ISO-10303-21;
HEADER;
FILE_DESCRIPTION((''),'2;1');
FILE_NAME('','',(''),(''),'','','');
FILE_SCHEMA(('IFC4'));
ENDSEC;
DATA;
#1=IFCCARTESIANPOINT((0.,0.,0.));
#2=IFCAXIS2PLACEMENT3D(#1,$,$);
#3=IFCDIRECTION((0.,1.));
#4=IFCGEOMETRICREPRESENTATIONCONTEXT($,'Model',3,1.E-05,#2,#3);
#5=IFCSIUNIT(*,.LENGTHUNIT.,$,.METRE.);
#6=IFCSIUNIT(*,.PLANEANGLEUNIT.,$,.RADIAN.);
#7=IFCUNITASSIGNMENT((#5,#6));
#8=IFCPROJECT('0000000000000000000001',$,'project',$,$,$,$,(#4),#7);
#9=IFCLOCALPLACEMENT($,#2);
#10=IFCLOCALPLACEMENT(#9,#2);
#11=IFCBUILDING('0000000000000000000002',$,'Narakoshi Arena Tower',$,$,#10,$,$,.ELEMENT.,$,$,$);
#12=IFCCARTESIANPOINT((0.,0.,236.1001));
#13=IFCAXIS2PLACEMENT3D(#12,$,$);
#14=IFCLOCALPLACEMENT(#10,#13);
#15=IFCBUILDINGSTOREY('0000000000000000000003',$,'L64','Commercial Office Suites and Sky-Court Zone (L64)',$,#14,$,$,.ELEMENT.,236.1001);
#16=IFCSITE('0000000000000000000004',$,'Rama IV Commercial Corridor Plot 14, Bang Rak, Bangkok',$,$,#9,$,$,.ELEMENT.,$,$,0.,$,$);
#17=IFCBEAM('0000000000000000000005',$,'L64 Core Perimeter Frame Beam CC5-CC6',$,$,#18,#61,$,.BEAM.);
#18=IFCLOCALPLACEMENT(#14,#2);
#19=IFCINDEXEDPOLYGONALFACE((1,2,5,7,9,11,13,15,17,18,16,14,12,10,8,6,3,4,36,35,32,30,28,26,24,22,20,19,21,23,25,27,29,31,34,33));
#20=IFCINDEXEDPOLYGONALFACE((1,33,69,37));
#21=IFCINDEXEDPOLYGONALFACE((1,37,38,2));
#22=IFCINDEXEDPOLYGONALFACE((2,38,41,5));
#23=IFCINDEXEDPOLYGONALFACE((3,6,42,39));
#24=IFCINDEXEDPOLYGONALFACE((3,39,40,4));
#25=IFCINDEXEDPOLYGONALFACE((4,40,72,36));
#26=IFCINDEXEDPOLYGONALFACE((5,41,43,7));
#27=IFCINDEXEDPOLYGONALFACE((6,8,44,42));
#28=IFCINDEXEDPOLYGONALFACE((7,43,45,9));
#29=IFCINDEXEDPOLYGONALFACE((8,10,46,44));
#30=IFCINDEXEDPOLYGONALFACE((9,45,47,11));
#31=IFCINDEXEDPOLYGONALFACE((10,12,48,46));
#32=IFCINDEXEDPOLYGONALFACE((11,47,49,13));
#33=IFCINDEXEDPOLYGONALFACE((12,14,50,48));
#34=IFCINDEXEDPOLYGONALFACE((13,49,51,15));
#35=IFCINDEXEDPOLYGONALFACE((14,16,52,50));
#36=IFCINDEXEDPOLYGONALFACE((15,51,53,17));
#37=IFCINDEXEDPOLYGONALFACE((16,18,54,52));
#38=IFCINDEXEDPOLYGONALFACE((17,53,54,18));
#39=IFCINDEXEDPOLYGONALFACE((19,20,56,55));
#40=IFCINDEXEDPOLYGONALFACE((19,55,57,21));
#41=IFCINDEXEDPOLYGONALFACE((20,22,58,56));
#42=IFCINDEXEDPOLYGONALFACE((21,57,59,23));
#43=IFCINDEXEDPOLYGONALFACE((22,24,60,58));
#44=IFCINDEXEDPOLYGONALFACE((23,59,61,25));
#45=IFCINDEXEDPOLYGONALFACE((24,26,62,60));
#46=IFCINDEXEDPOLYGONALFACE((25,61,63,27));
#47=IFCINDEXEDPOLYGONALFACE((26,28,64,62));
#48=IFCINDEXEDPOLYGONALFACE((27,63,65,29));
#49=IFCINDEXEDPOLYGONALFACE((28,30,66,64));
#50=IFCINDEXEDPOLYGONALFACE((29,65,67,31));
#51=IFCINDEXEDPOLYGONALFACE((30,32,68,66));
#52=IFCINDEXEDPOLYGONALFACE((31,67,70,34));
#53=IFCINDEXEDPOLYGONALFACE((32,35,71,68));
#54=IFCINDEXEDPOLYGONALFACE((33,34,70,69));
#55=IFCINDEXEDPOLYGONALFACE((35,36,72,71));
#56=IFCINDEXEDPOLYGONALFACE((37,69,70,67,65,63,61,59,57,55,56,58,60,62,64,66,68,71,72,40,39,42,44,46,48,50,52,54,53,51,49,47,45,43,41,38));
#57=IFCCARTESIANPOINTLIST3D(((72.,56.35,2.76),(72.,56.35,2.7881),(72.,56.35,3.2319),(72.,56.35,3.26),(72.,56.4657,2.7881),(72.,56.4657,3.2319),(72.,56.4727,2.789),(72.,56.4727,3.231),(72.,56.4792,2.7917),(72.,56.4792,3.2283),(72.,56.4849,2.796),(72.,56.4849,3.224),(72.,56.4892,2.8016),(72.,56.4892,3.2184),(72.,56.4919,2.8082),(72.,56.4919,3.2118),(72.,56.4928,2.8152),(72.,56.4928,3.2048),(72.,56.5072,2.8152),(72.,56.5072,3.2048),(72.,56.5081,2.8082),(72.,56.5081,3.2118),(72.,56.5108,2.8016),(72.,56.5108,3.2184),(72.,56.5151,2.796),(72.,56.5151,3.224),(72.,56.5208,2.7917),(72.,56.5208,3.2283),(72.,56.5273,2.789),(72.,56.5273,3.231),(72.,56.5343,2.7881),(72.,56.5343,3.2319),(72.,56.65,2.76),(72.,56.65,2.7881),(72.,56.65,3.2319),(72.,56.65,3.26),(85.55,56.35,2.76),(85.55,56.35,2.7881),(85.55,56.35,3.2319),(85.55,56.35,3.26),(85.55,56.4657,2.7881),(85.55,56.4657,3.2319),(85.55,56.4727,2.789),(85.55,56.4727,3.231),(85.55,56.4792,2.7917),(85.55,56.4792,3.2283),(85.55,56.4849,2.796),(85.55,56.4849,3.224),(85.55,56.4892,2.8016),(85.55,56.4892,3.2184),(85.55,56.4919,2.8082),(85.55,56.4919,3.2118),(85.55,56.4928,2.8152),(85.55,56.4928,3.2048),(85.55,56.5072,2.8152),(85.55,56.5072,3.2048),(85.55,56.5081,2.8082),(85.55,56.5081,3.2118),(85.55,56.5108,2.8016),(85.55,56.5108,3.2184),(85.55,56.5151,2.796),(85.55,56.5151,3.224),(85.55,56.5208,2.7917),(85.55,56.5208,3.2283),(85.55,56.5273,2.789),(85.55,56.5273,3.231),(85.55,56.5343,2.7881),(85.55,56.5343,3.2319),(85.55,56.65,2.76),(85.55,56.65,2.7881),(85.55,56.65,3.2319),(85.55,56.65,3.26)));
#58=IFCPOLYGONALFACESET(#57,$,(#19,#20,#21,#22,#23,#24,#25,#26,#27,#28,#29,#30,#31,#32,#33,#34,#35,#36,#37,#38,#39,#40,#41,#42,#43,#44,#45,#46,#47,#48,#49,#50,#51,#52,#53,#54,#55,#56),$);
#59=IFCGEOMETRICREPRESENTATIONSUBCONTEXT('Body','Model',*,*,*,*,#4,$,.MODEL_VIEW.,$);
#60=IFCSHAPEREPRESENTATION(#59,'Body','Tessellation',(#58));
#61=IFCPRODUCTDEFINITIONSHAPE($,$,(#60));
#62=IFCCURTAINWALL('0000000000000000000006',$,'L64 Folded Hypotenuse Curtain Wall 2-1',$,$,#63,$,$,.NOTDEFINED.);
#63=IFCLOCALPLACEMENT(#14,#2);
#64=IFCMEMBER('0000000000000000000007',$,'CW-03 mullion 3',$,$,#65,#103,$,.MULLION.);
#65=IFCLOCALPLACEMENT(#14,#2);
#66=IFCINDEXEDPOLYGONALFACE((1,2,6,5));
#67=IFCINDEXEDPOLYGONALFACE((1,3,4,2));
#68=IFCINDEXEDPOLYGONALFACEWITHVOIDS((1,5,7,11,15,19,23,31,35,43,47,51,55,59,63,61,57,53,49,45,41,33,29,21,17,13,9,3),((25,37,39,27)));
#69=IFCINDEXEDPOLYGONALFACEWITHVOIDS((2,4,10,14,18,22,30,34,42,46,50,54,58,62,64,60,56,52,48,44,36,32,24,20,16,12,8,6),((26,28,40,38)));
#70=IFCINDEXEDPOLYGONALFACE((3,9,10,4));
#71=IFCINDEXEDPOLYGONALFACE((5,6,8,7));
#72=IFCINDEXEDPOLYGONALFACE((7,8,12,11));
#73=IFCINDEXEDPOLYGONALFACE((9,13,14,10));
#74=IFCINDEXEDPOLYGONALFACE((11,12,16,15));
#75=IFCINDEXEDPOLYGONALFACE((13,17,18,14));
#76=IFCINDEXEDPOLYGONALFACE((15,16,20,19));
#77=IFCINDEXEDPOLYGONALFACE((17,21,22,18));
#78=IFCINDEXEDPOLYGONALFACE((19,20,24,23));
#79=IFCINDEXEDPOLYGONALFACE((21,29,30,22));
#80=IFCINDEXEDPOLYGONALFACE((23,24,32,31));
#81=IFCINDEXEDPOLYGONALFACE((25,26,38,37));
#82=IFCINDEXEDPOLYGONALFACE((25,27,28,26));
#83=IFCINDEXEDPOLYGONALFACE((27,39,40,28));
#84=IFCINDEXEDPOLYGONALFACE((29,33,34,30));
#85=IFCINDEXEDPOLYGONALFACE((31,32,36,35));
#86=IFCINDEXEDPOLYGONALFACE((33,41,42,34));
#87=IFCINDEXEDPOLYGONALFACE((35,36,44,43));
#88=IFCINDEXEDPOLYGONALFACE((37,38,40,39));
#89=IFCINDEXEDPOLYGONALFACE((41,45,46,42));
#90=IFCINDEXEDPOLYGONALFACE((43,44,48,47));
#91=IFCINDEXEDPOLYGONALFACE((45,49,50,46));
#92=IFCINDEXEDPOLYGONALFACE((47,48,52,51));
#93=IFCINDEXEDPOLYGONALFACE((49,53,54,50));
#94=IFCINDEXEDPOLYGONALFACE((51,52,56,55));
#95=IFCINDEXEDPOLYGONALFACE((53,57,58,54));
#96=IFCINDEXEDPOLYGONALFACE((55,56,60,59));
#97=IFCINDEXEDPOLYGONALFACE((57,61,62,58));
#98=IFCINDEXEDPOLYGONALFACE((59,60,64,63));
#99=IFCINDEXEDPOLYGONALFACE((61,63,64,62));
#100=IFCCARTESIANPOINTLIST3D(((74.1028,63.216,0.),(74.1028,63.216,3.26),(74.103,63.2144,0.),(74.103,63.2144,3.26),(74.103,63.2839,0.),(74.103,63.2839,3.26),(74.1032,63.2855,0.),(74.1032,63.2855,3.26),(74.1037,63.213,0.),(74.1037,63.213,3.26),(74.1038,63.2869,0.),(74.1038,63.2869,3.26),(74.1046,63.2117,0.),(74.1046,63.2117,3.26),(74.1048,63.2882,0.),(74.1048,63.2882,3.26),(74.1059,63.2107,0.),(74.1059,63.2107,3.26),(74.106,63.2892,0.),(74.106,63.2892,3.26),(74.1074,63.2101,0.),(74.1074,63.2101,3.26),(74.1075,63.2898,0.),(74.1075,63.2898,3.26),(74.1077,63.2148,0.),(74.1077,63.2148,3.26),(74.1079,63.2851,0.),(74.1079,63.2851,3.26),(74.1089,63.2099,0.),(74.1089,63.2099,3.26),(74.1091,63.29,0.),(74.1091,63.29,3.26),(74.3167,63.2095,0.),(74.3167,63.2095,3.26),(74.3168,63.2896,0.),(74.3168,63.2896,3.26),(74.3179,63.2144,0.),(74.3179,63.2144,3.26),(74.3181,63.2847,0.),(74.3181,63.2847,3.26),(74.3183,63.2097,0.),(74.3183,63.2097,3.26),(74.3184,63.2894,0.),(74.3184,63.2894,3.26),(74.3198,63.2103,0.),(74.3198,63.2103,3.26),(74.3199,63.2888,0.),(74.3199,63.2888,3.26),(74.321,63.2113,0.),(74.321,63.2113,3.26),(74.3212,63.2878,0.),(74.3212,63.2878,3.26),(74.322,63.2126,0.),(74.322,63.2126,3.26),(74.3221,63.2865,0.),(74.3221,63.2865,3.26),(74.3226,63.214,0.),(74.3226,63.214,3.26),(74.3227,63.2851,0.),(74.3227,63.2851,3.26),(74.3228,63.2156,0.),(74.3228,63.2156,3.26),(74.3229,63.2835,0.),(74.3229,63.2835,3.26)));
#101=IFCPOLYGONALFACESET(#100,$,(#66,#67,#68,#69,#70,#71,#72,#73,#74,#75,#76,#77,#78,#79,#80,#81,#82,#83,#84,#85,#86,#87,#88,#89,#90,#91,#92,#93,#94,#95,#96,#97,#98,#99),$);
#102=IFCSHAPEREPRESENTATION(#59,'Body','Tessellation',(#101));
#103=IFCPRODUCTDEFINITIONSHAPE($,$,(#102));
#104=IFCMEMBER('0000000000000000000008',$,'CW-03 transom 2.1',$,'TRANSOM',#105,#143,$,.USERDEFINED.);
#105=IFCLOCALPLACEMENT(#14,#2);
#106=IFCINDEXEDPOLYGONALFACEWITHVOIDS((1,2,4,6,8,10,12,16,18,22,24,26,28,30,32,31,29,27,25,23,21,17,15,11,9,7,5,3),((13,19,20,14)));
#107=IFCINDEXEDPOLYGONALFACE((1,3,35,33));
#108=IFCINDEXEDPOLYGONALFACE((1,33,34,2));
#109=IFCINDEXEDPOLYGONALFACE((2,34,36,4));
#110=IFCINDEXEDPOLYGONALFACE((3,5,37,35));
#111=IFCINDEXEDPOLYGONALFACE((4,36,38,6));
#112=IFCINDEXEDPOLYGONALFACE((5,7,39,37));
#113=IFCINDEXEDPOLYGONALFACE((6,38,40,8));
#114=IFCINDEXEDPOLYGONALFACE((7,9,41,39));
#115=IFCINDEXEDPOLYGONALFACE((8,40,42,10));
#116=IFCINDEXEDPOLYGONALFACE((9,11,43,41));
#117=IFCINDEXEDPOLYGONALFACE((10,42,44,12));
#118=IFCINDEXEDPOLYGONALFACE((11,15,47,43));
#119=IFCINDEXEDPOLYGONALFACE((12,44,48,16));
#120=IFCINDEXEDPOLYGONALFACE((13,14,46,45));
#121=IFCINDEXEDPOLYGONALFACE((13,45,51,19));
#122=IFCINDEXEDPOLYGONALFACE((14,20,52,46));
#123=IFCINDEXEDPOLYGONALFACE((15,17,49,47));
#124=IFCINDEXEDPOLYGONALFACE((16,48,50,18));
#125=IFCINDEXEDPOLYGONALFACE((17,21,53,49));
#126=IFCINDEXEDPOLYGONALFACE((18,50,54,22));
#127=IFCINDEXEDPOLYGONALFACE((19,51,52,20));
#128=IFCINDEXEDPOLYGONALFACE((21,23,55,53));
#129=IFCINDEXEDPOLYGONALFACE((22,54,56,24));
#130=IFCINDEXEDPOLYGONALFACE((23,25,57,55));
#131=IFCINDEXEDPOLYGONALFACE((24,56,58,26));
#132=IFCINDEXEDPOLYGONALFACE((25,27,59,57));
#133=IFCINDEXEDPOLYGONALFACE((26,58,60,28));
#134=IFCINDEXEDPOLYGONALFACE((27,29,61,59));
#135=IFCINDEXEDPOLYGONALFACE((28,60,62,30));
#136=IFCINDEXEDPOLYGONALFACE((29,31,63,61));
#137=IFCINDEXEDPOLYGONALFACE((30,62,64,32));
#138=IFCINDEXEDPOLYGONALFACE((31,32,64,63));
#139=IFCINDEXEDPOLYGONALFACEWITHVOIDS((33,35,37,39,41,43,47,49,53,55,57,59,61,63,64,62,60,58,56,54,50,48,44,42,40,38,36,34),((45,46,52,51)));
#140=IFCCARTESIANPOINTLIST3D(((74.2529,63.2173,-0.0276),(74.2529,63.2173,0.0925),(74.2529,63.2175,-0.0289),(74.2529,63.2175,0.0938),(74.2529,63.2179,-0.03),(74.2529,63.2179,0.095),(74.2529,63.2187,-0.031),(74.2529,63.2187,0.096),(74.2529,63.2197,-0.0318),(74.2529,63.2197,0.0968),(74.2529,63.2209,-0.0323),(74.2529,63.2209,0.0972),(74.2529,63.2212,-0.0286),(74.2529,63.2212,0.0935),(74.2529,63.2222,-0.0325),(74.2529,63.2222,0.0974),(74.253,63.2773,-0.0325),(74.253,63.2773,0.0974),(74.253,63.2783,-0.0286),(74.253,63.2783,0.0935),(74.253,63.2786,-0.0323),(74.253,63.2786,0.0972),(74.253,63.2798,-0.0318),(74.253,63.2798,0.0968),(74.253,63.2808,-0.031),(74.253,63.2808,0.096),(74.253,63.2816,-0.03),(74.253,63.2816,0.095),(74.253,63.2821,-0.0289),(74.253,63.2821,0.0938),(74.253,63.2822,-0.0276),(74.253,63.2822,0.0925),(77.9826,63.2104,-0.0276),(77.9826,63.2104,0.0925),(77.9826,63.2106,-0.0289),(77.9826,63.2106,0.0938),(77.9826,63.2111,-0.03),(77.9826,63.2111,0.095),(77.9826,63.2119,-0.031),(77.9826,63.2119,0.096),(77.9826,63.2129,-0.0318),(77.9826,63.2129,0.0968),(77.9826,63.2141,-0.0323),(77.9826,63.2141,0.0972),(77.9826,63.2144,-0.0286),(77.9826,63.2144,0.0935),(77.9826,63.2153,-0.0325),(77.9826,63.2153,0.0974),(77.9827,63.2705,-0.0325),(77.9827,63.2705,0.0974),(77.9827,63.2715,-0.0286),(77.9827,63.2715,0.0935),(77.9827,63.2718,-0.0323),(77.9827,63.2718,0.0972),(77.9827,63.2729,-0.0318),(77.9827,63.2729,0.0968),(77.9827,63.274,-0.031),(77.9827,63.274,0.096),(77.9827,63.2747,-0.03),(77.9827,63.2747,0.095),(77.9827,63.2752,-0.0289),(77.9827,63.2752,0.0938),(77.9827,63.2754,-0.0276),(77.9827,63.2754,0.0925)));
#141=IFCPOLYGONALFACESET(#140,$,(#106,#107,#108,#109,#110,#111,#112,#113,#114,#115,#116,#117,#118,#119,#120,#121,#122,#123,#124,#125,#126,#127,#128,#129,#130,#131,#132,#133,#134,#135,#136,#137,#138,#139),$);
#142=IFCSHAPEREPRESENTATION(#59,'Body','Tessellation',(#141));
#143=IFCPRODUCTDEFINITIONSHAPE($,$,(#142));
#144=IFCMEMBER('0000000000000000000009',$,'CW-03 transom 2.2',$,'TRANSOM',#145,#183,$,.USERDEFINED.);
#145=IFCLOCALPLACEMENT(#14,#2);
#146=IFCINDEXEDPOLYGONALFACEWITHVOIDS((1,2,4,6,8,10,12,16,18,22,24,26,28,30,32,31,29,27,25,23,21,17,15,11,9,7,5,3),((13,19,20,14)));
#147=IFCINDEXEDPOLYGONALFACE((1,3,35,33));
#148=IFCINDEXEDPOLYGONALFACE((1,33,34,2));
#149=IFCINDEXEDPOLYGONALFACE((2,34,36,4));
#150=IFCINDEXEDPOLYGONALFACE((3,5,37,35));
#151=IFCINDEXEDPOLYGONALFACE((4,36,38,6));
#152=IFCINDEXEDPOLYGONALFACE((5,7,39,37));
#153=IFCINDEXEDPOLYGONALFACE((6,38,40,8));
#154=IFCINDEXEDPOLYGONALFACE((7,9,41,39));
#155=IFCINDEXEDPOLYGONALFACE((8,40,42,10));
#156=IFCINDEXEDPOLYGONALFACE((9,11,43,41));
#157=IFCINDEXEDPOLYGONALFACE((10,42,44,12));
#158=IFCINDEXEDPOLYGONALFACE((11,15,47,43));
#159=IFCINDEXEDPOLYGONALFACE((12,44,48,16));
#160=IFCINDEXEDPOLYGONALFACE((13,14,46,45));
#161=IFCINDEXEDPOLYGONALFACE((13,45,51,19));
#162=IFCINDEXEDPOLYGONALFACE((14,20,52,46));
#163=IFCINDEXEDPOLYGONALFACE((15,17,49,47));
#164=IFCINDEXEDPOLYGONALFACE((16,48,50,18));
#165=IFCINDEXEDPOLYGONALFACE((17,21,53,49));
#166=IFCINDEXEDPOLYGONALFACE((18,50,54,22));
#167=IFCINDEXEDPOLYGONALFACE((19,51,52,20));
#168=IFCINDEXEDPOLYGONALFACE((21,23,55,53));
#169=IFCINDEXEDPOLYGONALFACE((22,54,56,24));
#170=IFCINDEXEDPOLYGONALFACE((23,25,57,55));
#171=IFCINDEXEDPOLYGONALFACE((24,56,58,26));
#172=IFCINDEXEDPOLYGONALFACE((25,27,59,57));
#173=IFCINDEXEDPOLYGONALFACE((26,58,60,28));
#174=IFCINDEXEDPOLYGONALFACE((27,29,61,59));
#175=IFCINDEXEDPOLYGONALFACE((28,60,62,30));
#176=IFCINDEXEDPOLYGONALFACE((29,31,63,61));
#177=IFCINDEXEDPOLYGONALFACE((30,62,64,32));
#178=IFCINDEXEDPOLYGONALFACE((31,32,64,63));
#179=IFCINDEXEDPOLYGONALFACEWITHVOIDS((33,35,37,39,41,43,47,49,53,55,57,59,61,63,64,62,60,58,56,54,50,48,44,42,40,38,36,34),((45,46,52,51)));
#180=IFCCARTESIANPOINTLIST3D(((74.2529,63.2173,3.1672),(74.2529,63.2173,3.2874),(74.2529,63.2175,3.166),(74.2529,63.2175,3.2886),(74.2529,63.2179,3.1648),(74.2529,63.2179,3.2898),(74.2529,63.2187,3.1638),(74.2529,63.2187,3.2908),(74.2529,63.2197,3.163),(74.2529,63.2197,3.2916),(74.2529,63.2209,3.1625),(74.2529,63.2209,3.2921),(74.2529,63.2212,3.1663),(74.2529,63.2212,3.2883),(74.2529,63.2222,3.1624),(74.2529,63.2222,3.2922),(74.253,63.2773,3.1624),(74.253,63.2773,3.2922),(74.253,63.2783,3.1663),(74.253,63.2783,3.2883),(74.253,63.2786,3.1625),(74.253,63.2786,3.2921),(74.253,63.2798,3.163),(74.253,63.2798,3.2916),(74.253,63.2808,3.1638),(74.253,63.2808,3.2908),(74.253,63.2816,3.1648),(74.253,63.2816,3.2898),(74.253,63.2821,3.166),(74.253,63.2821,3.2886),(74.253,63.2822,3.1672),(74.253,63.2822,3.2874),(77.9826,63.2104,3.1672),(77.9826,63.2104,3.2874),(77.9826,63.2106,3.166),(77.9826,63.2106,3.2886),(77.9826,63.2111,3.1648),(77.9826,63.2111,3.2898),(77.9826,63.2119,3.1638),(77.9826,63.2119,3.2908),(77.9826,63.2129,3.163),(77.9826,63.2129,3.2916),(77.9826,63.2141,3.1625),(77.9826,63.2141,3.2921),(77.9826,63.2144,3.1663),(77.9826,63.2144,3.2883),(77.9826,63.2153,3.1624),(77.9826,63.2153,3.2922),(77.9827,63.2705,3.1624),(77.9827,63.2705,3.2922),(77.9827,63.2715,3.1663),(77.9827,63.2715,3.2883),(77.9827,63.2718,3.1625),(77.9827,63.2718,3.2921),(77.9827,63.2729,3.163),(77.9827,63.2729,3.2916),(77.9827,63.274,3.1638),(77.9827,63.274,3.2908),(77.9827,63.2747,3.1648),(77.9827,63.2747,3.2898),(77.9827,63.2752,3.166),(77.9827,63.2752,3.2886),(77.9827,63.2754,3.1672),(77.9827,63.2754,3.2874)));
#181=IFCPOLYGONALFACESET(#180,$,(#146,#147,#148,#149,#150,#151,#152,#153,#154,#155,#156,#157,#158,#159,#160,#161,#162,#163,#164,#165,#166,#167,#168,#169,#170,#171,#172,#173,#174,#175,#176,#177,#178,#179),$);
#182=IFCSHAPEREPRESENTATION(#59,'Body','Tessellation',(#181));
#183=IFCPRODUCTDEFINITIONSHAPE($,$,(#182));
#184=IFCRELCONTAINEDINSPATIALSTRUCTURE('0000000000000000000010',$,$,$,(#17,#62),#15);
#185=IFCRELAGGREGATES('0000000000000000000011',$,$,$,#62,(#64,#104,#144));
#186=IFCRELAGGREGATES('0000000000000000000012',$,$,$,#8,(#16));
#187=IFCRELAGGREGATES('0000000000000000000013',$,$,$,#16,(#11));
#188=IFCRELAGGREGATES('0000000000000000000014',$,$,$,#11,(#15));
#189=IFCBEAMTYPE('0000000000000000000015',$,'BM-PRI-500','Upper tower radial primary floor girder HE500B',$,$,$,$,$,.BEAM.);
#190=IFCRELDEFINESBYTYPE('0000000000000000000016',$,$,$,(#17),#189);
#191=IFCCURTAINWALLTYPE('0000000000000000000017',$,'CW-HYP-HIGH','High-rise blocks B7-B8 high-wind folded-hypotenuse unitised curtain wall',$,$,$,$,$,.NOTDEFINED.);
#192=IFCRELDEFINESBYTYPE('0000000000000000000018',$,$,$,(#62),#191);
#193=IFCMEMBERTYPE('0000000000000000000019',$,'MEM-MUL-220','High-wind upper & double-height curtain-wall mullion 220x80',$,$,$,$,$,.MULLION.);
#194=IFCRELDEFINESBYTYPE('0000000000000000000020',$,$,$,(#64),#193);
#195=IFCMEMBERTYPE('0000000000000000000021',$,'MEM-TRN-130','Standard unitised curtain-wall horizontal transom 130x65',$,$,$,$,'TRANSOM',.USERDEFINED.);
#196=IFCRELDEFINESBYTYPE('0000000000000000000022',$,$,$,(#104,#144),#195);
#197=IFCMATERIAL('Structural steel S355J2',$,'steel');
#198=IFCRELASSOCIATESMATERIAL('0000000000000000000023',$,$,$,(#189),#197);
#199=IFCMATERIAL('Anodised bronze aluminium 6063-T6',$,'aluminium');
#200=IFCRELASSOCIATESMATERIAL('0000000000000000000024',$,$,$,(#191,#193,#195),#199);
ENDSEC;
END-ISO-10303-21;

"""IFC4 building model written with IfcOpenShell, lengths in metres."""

from ifc_helpers import new_model, si_unit, direction, frame, origin, origin_2d, place, context, subcontext, project, spatial, hollow_rectangle, i_section, extrude, material, material_profile, profile_set, type_object, element, aggregate, save


model = new_model("IFC4")

# Units and contexts
model_context = context("Model", 3, precision=1e-05, world=origin(), true_north=direction((0.0, 1.0)))
body_context = subcontext(model_context, "Body", "Model", "MODEL_VIEW")
ifc_project = project(units=[si_unit("LENGTHUNIT", "METRE"), si_unit("PLANEANGLEUNIT", "RADIAN")], contexts=[model_context])

# Site, building, storey
site_placement = place(None, origin())
site = spatial("IfcSite", under=ifc_project, at=site_placement, Name="Rama IV Commercial Corridor Plot 14, Bang Rak, Bangkok", CompositionType="ELEMENT", RefElevation=0.0)
building_placement = place(site_placement, origin())
building = spatial("IfcBuilding", under=site, at=building_placement, Name="Narakoshi Arena Tower", CompositionType="ELEMENT")
storey_placement = place(building_placement, frame((0.0, 0.0, 236.1001)))
storey = spatial("IfcBuildingStorey", under=building, at=storey_placement, Name="L64", Description="Commercial Office Suites and Sky-Court Zone (L64)", CompositionType="ELEMENT", Elevation=236.1001)

# Beam
ifc_material_1 = material(Name="Structural steel S355J2", Category="steel")
ifc_material_profile_1 = material_profile(ifc_material_1, i_section(OverallWidth=0.3, OverallDepth=0.5, WebThickness=0.0144, FlangeThickness=0.0281, FilletRadius=0.0271, at=origin_2d()), Name="HE500B")
ifc_profile_set_1 = profile_set([ifc_material_profile_1], Name="Structural steel S355J2")
beam_type = type_object("IfcBeamType", Name="BM-PRI-500", Description="Upper tower radial primary floor girder HE500B", PredefinedType="BEAM", material=ifc_profile_set_1)
beam_placement = place(storey_placement, frame((72.0, 56.5, 3.01), z_axis=(1.0, 0.0, 0.0), x_axis=(0.0, 1.0, 0.0)))
element("IfcBeam", 1, at=beam_placement, inside=storey, type_object=beam_type, Name="L64 Core Perimeter Frame Beam CC5-CC6", PredefinedType="BEAM", context=body_context, shape_type="SweptSolid", body=[
    extrude(i_section(OverallWidth=0.3, OverallDepth=0.5, WebThickness=0.0144, FlangeThickness=0.0281, FilletRadius=0.0271, at=origin_2d()), origin(), (0.0, 0.0, 1.0), 13.55),
])

# Curtain wall, members
ifc_material_2 = material(Name="Anodised bronze aluminium 6063-T6", Category="aluminium")
curtain_wall_type = type_object("IfcCurtainWallType", Name="CW-HYP-HIGH", Description="High-rise blocks B7-B8 high-wind folded-hypotenuse unitised curtain wall", PredefinedType="NOTDEFINED", material=ifc_material_2)
curtain_wall_placement = place(storey_placement, origin())
curtain_wall = element("IfcCurtainWall", 2, at=curtain_wall_placement, inside=storey, type_object=curtain_wall_type, Name="L64 Folded Hypotenuse Curtain Wall 2-1", PredefinedType="NOTDEFINED")
ifc_material_profile_2 = material_profile(ifc_material_2, hollow_rectangle(XDim=0.0801, YDim=0.22, WallThickness=0.0049, OuterFilletRadius=0.0061, at=origin_2d()), Name="MUL220x80x5")
ifc_profile_set_2 = profile_set([ifc_material_profile_2], Name="Anodised bronze aluminium 6063-T6")
member_type_1 = type_object("IfcMemberType", Name="MEM-MUL-220", Description="High-wind upper & double-height curtain-wall mullion 220x80", PredefinedType="MULLION", material=ifc_profile_set_2)
member_1_placement = place(storey_placement, frame((74.2129, 63.2498, 0.0), z_axis=(0.0, 0.0, 1.0), x_axis=(-0.00182, -0.999998, 0.0)))
member_1 = element("IfcMember", 3, at=member_1_placement, type_object=member_type_1, Name="CW-03 mullion 3", PredefinedType="MULLION", context=body_context, shape_type="SweptSolid", body=[
    extrude(hollow_rectangle(XDim=0.0801, YDim=0.22, WallThickness=0.0049, OuterFilletRadius=0.0061, at=origin_2d()), origin(), (0.0, 0.0, 1.0), 3.26),
])
ifc_material_profile_3 = material_profile(ifc_material_2, hollow_rectangle(XDim=0.0649, YDim=0.1299, WallThickness=0.0039, OuterFilletRadius=0.0049, at=origin_2d()), Name="TRN130x65x4")
ifc_profile_set_3 = profile_set([ifc_material_profile_3], Name="Anodised bronze aluminium 6063-T6")
member_type_2 = type_object("IfcMemberType", Name="MEM-TRN-130", Description="Standard unitised curtain-wall horizontal transom 130x65", ElementType="TRANSOM", PredefinedType="USERDEFINED", material=ifc_profile_set_3)
member_2_placement = place(storey_placement, frame((77.9827, 63.2429, 0.0325), z_axis=(-0.999998, 0.001833, 0.0), x_axis=(-0.001833, -0.999998, 0.0)))
member_2 = element("IfcMember", 4, at=member_2_placement, type_object=member_type_2, Name="CW-03 transom 2.1", ObjectType="TRANSOM", PredefinedType="USERDEFINED", context=body_context, shape_type="SweptSolid", body=[
    extrude(hollow_rectangle(XDim=0.0649, YDim=0.1299, WallThickness=0.0039, OuterFilletRadius=0.0049, at=origin_2d()), origin(), (0.0, 0.0, 1.0), 3.7297),
])
member_3_placement = place(storey_placement, frame((77.9827, 63.2429, 3.2273), z_axis=(-0.999998, 0.001833, 0.0), x_axis=(-0.001833, -0.999998, 0.0)))
member_3 = element("IfcMember", 5, at=member_3_placement, type_object=member_type_2, Name="CW-03 transom 2.2", ObjectType="TRANSOM", PredefinedType="USERDEFINED", context=body_context, shape_type="SweptSolid", body=[
    extrude(hollow_rectangle(XDim=0.0649, YDim=0.1299, WallThickness=0.0039, OuterFilletRadius=0.0049, at=origin_2d()), origin(), (0.0, 0.0, 1.0), 3.7297),
])
aggregate(curtain_wall, [member_1, member_2, member_3])

save(model, "model.ifc")
